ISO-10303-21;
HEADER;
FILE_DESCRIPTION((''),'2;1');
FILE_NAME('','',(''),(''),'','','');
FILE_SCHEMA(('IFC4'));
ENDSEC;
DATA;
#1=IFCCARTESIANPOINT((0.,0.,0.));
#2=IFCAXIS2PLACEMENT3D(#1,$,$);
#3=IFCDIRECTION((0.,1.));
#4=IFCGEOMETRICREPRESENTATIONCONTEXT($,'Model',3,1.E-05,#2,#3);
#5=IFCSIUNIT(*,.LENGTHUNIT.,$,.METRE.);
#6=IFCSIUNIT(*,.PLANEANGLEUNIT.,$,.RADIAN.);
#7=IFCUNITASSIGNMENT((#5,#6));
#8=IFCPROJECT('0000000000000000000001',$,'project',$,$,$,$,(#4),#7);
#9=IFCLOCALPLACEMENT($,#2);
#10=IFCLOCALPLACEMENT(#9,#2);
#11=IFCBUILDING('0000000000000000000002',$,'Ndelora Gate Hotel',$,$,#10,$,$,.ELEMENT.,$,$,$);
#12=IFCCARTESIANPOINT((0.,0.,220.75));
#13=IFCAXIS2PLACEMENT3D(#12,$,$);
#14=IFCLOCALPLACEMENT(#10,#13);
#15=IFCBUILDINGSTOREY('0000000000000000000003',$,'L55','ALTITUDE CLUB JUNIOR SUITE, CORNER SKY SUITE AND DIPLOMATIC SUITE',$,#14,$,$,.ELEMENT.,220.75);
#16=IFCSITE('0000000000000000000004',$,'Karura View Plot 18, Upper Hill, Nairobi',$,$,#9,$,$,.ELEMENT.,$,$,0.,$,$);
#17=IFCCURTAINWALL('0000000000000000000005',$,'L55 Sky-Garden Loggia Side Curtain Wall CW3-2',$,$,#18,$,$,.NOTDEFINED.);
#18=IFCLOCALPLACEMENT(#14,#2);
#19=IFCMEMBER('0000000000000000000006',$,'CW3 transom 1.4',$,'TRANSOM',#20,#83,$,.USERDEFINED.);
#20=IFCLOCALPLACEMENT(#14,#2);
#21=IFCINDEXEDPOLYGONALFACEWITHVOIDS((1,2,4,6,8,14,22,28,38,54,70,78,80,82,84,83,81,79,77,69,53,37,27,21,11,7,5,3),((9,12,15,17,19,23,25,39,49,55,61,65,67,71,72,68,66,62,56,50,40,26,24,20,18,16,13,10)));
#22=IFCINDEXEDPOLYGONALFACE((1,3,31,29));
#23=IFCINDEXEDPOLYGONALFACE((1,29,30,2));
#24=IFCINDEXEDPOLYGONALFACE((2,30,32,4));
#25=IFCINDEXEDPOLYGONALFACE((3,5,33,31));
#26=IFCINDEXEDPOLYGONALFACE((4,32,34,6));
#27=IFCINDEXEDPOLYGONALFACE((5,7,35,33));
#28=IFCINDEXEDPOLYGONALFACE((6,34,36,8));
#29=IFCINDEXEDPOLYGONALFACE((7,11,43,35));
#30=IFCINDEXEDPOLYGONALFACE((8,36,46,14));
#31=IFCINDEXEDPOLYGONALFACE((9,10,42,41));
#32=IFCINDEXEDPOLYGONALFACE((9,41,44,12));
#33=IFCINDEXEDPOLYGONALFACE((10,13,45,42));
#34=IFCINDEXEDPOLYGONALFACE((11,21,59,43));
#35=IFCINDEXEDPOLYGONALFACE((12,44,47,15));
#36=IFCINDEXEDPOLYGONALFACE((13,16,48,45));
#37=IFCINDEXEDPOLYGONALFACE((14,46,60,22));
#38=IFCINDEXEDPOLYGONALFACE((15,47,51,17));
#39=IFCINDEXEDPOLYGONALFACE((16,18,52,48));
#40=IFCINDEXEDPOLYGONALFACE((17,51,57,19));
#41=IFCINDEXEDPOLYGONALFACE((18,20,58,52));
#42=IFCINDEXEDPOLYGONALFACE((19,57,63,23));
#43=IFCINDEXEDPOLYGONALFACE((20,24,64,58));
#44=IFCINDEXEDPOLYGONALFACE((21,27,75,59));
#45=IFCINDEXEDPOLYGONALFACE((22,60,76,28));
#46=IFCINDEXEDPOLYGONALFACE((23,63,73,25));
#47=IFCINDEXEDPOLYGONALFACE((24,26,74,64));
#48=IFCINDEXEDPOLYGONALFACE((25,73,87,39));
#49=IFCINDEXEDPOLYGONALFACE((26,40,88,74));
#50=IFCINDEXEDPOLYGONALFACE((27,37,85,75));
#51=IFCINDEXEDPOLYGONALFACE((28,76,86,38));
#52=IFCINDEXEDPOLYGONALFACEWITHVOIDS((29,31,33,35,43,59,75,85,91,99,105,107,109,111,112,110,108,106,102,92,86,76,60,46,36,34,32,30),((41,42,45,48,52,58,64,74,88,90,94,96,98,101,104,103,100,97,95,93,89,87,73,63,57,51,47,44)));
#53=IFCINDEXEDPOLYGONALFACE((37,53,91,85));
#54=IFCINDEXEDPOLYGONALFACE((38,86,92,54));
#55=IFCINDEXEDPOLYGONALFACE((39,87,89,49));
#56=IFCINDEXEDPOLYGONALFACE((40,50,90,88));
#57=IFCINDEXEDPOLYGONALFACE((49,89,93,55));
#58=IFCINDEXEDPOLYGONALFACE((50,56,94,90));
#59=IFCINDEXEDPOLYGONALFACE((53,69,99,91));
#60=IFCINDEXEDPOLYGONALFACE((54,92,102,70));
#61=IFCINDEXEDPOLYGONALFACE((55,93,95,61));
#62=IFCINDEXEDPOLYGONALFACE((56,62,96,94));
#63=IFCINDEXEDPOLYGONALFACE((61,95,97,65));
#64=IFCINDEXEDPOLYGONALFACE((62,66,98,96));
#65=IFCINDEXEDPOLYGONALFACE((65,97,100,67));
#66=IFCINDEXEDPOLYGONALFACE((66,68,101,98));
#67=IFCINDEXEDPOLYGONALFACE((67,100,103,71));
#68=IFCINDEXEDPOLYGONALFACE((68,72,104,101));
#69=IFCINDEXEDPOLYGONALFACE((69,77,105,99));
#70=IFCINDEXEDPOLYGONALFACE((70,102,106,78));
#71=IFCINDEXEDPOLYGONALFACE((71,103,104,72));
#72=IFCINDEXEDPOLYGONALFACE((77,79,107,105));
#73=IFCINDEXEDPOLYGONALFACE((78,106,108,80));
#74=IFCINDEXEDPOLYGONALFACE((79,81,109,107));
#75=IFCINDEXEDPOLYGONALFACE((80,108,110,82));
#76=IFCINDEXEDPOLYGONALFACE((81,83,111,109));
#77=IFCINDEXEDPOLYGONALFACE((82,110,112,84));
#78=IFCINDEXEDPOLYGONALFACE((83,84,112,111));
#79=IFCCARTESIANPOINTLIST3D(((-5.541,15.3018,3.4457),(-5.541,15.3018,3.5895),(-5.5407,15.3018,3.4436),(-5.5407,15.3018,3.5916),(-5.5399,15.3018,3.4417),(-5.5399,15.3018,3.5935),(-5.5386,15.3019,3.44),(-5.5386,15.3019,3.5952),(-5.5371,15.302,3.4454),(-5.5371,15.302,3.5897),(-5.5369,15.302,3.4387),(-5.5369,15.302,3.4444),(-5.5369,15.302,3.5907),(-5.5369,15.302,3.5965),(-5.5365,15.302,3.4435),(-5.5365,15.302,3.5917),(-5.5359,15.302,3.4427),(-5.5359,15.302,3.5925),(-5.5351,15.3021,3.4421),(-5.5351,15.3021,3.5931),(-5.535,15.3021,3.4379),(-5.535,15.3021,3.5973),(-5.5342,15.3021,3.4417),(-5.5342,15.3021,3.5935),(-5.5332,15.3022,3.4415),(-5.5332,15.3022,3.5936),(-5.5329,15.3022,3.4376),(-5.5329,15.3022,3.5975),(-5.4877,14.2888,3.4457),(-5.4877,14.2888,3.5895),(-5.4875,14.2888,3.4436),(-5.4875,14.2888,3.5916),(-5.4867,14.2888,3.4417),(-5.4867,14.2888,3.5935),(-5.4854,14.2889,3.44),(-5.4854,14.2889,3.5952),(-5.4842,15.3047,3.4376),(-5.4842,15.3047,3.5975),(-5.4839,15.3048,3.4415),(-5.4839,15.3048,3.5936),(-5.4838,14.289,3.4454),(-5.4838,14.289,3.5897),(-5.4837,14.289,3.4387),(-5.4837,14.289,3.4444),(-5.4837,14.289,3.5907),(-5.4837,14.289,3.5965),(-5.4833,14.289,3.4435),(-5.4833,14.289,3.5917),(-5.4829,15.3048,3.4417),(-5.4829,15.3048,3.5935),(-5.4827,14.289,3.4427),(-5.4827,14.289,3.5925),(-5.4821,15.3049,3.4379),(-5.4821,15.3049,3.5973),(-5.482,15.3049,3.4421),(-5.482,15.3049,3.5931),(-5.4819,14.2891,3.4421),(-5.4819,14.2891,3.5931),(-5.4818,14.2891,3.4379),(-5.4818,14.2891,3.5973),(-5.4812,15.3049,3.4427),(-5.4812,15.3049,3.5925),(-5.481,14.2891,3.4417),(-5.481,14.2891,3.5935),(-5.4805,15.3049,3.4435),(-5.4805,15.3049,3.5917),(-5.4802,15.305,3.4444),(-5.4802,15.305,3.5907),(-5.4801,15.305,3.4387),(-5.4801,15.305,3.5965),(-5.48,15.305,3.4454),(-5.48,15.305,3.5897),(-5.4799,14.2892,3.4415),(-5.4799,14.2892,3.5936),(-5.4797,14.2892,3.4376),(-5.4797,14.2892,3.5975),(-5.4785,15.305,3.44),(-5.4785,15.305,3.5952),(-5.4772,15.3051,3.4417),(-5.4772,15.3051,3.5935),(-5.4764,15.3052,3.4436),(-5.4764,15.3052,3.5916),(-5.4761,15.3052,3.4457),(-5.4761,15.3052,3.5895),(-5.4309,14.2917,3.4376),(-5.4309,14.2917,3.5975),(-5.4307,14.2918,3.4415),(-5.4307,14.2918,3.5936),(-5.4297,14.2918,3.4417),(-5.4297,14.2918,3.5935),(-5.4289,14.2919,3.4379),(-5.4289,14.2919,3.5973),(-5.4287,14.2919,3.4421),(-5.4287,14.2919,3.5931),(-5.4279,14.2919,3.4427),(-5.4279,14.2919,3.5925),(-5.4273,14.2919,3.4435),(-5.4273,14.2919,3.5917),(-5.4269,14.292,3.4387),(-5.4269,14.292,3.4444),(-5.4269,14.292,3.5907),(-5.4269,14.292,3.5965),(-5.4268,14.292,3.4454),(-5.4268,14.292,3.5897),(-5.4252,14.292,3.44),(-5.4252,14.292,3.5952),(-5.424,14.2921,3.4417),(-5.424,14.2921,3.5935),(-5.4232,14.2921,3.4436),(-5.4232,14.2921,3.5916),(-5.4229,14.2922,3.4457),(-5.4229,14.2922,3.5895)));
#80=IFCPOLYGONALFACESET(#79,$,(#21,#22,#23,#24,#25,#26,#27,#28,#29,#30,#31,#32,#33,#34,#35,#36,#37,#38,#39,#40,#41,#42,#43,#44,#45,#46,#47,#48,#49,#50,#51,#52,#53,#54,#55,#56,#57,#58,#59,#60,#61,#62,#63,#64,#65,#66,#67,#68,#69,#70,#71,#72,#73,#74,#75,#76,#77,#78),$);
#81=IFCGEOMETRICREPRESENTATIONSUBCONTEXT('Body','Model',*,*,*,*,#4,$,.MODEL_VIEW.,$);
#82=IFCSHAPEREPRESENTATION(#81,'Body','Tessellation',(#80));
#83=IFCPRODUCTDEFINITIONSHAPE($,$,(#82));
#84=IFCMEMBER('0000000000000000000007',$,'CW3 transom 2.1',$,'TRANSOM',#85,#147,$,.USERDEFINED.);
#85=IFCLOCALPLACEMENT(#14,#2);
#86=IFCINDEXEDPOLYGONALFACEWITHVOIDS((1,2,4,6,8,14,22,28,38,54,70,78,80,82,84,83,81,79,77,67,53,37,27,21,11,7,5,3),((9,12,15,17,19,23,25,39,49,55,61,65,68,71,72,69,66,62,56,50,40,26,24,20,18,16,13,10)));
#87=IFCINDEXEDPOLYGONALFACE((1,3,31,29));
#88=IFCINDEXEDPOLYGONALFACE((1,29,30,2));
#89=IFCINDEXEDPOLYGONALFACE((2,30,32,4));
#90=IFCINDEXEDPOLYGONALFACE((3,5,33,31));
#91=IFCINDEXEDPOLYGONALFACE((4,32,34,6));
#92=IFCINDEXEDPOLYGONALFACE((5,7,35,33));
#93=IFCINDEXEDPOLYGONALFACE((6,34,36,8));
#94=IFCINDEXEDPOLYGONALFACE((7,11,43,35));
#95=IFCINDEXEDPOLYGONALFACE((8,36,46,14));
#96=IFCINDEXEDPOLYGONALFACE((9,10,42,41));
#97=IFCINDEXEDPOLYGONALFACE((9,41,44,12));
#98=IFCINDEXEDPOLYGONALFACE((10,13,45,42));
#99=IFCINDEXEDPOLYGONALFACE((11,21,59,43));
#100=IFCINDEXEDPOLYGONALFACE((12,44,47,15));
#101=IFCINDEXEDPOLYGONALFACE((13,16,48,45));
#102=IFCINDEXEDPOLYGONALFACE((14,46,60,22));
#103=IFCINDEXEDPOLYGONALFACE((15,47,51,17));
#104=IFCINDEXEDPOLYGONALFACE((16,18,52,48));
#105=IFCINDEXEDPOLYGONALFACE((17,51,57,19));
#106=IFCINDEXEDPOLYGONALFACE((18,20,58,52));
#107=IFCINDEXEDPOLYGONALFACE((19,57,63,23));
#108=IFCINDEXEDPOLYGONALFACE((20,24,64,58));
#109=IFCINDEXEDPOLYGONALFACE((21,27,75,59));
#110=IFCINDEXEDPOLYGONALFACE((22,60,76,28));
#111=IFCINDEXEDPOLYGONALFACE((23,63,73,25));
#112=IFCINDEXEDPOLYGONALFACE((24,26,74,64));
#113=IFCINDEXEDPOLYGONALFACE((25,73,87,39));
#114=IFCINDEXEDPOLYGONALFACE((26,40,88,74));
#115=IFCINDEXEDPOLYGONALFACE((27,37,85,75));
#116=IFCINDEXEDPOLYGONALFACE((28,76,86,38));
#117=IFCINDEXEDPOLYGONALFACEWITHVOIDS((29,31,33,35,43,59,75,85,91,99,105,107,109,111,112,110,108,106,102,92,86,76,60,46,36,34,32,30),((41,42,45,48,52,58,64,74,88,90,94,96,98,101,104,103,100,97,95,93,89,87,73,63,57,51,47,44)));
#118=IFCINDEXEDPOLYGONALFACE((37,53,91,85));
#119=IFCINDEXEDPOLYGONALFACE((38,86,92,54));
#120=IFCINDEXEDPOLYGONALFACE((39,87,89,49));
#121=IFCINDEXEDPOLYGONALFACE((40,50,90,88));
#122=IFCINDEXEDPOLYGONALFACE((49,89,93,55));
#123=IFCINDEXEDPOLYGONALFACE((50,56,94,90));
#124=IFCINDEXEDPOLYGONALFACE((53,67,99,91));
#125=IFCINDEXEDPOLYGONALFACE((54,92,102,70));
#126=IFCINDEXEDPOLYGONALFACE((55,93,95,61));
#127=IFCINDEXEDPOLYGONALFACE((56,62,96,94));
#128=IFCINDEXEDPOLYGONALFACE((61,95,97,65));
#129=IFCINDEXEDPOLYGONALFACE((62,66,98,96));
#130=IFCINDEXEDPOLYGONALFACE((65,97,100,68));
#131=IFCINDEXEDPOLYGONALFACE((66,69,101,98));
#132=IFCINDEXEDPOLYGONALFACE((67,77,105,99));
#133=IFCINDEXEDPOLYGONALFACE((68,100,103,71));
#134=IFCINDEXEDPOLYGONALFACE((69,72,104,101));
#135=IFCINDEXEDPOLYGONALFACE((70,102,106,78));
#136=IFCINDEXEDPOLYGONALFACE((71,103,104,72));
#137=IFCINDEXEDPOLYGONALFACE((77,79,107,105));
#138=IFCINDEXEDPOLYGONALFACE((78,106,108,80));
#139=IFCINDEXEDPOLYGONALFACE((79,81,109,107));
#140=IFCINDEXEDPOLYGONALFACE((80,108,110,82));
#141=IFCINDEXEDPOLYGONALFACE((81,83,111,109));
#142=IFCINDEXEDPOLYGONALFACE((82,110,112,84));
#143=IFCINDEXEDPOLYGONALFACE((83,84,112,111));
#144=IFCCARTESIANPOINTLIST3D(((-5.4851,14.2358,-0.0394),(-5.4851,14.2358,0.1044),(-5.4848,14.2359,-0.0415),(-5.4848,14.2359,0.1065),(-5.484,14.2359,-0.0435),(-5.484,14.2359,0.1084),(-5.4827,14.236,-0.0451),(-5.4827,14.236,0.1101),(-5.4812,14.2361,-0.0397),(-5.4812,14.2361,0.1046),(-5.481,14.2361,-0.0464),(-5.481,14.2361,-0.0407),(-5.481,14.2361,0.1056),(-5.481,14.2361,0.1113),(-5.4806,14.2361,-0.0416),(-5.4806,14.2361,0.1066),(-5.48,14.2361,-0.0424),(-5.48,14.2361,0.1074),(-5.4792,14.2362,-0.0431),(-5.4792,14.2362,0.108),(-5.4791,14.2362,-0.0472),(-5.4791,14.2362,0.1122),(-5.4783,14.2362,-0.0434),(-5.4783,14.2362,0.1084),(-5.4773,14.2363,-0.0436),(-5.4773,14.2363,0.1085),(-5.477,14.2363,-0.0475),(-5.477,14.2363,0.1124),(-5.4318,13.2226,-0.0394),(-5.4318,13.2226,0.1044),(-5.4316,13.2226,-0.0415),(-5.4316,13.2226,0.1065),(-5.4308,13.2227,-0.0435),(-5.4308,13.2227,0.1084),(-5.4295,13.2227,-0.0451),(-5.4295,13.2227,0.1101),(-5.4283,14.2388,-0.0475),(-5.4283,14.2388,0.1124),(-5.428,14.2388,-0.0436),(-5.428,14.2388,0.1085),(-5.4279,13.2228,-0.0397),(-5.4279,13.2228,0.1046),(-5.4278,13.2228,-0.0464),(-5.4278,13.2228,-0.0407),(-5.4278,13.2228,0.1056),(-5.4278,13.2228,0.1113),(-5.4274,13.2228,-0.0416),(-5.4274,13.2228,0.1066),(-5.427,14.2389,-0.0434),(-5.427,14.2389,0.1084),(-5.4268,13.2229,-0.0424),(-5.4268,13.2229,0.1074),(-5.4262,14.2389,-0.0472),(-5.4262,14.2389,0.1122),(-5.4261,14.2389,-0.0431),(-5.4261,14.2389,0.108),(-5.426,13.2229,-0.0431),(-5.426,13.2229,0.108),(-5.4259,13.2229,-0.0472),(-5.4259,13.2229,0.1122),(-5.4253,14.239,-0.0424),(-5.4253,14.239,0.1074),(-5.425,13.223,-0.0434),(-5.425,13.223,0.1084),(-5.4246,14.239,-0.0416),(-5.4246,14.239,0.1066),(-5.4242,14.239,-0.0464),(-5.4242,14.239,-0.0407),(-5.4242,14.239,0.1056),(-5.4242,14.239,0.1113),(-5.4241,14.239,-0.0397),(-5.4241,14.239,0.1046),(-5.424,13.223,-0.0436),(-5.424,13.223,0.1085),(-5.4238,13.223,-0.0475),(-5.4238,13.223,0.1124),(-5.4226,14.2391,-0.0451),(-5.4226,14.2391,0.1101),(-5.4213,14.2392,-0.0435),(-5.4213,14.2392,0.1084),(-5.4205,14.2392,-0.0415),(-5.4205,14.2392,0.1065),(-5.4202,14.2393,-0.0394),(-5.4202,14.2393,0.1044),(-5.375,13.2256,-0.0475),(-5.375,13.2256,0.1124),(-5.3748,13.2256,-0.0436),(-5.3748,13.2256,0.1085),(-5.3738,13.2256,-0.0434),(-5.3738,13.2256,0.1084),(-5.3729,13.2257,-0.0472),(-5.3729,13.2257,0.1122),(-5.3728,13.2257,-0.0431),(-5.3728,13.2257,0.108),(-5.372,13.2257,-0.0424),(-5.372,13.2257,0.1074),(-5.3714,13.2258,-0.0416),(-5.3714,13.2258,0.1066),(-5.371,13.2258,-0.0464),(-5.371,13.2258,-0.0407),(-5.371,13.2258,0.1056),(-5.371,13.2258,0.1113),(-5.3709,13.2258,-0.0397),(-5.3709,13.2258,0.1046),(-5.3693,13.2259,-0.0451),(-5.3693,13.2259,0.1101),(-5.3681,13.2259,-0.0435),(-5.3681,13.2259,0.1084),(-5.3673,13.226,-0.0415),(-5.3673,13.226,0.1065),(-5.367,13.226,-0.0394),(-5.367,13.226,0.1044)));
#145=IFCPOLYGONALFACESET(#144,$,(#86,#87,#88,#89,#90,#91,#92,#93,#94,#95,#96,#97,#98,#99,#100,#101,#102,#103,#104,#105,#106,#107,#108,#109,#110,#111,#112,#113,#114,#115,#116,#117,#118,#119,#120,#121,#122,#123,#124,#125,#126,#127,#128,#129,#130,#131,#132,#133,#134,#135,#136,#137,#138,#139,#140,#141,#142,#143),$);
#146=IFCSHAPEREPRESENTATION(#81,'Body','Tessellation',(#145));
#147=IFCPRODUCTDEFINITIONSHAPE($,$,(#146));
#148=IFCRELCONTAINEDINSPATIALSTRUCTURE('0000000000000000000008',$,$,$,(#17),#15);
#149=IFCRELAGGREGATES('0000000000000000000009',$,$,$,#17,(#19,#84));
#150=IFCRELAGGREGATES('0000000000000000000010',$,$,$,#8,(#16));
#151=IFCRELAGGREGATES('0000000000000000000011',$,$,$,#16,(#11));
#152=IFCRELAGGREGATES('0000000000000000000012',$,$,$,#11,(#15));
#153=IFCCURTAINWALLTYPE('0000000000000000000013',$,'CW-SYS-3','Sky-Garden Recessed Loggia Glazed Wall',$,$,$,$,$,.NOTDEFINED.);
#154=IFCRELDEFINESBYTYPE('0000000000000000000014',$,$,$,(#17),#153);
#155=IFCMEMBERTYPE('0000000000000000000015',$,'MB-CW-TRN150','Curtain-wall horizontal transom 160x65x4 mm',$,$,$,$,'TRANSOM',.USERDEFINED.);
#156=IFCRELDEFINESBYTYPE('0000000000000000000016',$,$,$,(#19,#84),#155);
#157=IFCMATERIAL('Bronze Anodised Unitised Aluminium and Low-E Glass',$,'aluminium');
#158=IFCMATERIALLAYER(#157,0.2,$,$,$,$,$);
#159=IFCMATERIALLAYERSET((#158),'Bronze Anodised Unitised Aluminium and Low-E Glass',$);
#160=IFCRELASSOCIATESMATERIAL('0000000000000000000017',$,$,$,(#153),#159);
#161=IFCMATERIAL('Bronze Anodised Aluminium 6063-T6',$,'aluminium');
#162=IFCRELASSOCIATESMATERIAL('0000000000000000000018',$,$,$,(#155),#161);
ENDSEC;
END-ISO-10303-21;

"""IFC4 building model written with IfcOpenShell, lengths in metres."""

from ifc_helpers import new_model, si_unit, direction, frame, origin, origin_2d, place, context, subcontext, project, spatial, hollow_rectangle, extrude, material, layer, layer_set, material_profile, profile_set, type_object, element, aggregate, save


model = new_model("IFC4")

# Units and contexts
model_context = context("Model", 3, precision=1e-05, world=origin(), true_north=direction((0.0, 1.0)))
body_context = subcontext(model_context, "Body", "Model", "MODEL_VIEW")
ifc_project = project(units=[si_unit("LENGTHUNIT", "METRE"), si_unit("PLANEANGLEUNIT", "RADIAN")], contexts=[model_context])

# Site, building, storey
site_placement = place(None, origin())
site = spatial("IfcSite", under=ifc_project, at=site_placement, Name="Karura View Plot 18, Upper Hill, Nairobi", CompositionType="ELEMENT", RefElevation=0.0)
building_placement = place(site_placement, origin())
building = spatial("IfcBuilding", under=site, at=building_placement, Name="Ndelora Gate Hotel", CompositionType="ELEMENT")
storey_placement = place(building_placement, frame((0.0, 0.0, 220.75)))
storey = spatial("IfcBuildingStorey", under=building, at=storey_placement, Name="L55", Description="ALTITUDE CLUB JUNIOR SUITE, CORNER SKY SUITE AND DIPLOMATIC SUITE", CompositionType="ELEMENT", Elevation=220.75)

# Curtain wall, members
ifc_material_1 = material(Name="Bronze Anodised Unitised Aluminium and Low-E Glass", Category="aluminium")
ifc_layer_1 = layer(ifc_material_1, 0.2)
ifc_layer_set_1 = layer_set([ifc_layer_1], Name="Bronze Anodised Unitised Aluminium and Low-E Glass")
curtain_wall_type = type_object("IfcCurtainWallType", Name="CW-SYS-3", Description="Sky-Garden Recessed Loggia Glazed Wall", PredefinedType="NOTDEFINED", material=ifc_layer_set_1)
curtain_wall_placement = place(storey_placement, origin())
curtain_wall = element("IfcCurtainWall", 1, at=curtain_wall_placement, inside=storey, type_object=curtain_wall_type, Name="L55 Sky-Garden Loggia Side Curtain Wall CW3-2", PredefinedType="NOTDEFINED")
ifc_material_2 = material(Name="Bronze Anodised Aluminium 6063-T6", Category="aluminium")
ifc_material_profile_1 = material_profile(ifc_material_2, hollow_rectangle(XDim=0.0649, YDim=0.1599, WallThickness=0.0039, InnerFilletRadius=0.0039, OuterFilletRadius=0.0081, at=origin_2d()), Name="ALU 160x65x4")
ifc_profile_set_1 = profile_set([ifc_material_profile_1], Name="Bronze Anodised Aluminium 6063-T6")
member_type_1 = type_object("IfcMemberType", Name="MB-CW-TRN150", Description="Curtain-wall horizontal transom 160x65x4 mm", ElementType="TRANSOM", PredefinedType="USERDEFINED", material=ifc_profile_set_1)
member_1_placement = place(storey_placement, frame((-5.5085, 15.3035, 3.5176), z_axis=(0.05247, -0.998622, 0.0), x_axis=(0.998622, 0.05247, 0.0)))
member_1 = element("IfcMember", 2, at=member_1_placement, type_object=member_type_1, Name="CW3 transom 1.4", ObjectType="TRANSOM", PredefinedType="USERDEFINED", context=body_context, shape_type="SweptSolid", body=[
    extrude(hollow_rectangle(XDim=0.0649, YDim=0.1599, WallThickness=0.0039, InnerFilletRadius=0.0039, OuterFilletRadius=0.0081, at=origin_2d()), origin(), (0.0, 0.0, 1.0), 1.0144),
])
member_2_placement = place(storey_placement, frame((-5.4526, 14.2375, 0.0325), z_axis=(0.052458, -0.998623, 0.0), x_axis=(0.998623, 0.052458, 0.0)))
member_2 = element("IfcMember", 3, at=member_2_placement, type_object=member_type_1, Name="CW3 transom 2.1", ObjectType="TRANSOM", PredefinedType="USERDEFINED", context=body_context, shape_type="SweptSolid", body=[
    extrude(hollow_rectangle(XDim=0.0649, YDim=0.1599, WallThickness=0.0039, InnerFilletRadius=0.0039, OuterFilletRadius=0.0081, at=origin_2d()), origin(), (0.0, 0.0, 1.0), 1.0146),
])
aggregate(curtain_wall, [member_1, member_2])

save(model, "model.ifc")
